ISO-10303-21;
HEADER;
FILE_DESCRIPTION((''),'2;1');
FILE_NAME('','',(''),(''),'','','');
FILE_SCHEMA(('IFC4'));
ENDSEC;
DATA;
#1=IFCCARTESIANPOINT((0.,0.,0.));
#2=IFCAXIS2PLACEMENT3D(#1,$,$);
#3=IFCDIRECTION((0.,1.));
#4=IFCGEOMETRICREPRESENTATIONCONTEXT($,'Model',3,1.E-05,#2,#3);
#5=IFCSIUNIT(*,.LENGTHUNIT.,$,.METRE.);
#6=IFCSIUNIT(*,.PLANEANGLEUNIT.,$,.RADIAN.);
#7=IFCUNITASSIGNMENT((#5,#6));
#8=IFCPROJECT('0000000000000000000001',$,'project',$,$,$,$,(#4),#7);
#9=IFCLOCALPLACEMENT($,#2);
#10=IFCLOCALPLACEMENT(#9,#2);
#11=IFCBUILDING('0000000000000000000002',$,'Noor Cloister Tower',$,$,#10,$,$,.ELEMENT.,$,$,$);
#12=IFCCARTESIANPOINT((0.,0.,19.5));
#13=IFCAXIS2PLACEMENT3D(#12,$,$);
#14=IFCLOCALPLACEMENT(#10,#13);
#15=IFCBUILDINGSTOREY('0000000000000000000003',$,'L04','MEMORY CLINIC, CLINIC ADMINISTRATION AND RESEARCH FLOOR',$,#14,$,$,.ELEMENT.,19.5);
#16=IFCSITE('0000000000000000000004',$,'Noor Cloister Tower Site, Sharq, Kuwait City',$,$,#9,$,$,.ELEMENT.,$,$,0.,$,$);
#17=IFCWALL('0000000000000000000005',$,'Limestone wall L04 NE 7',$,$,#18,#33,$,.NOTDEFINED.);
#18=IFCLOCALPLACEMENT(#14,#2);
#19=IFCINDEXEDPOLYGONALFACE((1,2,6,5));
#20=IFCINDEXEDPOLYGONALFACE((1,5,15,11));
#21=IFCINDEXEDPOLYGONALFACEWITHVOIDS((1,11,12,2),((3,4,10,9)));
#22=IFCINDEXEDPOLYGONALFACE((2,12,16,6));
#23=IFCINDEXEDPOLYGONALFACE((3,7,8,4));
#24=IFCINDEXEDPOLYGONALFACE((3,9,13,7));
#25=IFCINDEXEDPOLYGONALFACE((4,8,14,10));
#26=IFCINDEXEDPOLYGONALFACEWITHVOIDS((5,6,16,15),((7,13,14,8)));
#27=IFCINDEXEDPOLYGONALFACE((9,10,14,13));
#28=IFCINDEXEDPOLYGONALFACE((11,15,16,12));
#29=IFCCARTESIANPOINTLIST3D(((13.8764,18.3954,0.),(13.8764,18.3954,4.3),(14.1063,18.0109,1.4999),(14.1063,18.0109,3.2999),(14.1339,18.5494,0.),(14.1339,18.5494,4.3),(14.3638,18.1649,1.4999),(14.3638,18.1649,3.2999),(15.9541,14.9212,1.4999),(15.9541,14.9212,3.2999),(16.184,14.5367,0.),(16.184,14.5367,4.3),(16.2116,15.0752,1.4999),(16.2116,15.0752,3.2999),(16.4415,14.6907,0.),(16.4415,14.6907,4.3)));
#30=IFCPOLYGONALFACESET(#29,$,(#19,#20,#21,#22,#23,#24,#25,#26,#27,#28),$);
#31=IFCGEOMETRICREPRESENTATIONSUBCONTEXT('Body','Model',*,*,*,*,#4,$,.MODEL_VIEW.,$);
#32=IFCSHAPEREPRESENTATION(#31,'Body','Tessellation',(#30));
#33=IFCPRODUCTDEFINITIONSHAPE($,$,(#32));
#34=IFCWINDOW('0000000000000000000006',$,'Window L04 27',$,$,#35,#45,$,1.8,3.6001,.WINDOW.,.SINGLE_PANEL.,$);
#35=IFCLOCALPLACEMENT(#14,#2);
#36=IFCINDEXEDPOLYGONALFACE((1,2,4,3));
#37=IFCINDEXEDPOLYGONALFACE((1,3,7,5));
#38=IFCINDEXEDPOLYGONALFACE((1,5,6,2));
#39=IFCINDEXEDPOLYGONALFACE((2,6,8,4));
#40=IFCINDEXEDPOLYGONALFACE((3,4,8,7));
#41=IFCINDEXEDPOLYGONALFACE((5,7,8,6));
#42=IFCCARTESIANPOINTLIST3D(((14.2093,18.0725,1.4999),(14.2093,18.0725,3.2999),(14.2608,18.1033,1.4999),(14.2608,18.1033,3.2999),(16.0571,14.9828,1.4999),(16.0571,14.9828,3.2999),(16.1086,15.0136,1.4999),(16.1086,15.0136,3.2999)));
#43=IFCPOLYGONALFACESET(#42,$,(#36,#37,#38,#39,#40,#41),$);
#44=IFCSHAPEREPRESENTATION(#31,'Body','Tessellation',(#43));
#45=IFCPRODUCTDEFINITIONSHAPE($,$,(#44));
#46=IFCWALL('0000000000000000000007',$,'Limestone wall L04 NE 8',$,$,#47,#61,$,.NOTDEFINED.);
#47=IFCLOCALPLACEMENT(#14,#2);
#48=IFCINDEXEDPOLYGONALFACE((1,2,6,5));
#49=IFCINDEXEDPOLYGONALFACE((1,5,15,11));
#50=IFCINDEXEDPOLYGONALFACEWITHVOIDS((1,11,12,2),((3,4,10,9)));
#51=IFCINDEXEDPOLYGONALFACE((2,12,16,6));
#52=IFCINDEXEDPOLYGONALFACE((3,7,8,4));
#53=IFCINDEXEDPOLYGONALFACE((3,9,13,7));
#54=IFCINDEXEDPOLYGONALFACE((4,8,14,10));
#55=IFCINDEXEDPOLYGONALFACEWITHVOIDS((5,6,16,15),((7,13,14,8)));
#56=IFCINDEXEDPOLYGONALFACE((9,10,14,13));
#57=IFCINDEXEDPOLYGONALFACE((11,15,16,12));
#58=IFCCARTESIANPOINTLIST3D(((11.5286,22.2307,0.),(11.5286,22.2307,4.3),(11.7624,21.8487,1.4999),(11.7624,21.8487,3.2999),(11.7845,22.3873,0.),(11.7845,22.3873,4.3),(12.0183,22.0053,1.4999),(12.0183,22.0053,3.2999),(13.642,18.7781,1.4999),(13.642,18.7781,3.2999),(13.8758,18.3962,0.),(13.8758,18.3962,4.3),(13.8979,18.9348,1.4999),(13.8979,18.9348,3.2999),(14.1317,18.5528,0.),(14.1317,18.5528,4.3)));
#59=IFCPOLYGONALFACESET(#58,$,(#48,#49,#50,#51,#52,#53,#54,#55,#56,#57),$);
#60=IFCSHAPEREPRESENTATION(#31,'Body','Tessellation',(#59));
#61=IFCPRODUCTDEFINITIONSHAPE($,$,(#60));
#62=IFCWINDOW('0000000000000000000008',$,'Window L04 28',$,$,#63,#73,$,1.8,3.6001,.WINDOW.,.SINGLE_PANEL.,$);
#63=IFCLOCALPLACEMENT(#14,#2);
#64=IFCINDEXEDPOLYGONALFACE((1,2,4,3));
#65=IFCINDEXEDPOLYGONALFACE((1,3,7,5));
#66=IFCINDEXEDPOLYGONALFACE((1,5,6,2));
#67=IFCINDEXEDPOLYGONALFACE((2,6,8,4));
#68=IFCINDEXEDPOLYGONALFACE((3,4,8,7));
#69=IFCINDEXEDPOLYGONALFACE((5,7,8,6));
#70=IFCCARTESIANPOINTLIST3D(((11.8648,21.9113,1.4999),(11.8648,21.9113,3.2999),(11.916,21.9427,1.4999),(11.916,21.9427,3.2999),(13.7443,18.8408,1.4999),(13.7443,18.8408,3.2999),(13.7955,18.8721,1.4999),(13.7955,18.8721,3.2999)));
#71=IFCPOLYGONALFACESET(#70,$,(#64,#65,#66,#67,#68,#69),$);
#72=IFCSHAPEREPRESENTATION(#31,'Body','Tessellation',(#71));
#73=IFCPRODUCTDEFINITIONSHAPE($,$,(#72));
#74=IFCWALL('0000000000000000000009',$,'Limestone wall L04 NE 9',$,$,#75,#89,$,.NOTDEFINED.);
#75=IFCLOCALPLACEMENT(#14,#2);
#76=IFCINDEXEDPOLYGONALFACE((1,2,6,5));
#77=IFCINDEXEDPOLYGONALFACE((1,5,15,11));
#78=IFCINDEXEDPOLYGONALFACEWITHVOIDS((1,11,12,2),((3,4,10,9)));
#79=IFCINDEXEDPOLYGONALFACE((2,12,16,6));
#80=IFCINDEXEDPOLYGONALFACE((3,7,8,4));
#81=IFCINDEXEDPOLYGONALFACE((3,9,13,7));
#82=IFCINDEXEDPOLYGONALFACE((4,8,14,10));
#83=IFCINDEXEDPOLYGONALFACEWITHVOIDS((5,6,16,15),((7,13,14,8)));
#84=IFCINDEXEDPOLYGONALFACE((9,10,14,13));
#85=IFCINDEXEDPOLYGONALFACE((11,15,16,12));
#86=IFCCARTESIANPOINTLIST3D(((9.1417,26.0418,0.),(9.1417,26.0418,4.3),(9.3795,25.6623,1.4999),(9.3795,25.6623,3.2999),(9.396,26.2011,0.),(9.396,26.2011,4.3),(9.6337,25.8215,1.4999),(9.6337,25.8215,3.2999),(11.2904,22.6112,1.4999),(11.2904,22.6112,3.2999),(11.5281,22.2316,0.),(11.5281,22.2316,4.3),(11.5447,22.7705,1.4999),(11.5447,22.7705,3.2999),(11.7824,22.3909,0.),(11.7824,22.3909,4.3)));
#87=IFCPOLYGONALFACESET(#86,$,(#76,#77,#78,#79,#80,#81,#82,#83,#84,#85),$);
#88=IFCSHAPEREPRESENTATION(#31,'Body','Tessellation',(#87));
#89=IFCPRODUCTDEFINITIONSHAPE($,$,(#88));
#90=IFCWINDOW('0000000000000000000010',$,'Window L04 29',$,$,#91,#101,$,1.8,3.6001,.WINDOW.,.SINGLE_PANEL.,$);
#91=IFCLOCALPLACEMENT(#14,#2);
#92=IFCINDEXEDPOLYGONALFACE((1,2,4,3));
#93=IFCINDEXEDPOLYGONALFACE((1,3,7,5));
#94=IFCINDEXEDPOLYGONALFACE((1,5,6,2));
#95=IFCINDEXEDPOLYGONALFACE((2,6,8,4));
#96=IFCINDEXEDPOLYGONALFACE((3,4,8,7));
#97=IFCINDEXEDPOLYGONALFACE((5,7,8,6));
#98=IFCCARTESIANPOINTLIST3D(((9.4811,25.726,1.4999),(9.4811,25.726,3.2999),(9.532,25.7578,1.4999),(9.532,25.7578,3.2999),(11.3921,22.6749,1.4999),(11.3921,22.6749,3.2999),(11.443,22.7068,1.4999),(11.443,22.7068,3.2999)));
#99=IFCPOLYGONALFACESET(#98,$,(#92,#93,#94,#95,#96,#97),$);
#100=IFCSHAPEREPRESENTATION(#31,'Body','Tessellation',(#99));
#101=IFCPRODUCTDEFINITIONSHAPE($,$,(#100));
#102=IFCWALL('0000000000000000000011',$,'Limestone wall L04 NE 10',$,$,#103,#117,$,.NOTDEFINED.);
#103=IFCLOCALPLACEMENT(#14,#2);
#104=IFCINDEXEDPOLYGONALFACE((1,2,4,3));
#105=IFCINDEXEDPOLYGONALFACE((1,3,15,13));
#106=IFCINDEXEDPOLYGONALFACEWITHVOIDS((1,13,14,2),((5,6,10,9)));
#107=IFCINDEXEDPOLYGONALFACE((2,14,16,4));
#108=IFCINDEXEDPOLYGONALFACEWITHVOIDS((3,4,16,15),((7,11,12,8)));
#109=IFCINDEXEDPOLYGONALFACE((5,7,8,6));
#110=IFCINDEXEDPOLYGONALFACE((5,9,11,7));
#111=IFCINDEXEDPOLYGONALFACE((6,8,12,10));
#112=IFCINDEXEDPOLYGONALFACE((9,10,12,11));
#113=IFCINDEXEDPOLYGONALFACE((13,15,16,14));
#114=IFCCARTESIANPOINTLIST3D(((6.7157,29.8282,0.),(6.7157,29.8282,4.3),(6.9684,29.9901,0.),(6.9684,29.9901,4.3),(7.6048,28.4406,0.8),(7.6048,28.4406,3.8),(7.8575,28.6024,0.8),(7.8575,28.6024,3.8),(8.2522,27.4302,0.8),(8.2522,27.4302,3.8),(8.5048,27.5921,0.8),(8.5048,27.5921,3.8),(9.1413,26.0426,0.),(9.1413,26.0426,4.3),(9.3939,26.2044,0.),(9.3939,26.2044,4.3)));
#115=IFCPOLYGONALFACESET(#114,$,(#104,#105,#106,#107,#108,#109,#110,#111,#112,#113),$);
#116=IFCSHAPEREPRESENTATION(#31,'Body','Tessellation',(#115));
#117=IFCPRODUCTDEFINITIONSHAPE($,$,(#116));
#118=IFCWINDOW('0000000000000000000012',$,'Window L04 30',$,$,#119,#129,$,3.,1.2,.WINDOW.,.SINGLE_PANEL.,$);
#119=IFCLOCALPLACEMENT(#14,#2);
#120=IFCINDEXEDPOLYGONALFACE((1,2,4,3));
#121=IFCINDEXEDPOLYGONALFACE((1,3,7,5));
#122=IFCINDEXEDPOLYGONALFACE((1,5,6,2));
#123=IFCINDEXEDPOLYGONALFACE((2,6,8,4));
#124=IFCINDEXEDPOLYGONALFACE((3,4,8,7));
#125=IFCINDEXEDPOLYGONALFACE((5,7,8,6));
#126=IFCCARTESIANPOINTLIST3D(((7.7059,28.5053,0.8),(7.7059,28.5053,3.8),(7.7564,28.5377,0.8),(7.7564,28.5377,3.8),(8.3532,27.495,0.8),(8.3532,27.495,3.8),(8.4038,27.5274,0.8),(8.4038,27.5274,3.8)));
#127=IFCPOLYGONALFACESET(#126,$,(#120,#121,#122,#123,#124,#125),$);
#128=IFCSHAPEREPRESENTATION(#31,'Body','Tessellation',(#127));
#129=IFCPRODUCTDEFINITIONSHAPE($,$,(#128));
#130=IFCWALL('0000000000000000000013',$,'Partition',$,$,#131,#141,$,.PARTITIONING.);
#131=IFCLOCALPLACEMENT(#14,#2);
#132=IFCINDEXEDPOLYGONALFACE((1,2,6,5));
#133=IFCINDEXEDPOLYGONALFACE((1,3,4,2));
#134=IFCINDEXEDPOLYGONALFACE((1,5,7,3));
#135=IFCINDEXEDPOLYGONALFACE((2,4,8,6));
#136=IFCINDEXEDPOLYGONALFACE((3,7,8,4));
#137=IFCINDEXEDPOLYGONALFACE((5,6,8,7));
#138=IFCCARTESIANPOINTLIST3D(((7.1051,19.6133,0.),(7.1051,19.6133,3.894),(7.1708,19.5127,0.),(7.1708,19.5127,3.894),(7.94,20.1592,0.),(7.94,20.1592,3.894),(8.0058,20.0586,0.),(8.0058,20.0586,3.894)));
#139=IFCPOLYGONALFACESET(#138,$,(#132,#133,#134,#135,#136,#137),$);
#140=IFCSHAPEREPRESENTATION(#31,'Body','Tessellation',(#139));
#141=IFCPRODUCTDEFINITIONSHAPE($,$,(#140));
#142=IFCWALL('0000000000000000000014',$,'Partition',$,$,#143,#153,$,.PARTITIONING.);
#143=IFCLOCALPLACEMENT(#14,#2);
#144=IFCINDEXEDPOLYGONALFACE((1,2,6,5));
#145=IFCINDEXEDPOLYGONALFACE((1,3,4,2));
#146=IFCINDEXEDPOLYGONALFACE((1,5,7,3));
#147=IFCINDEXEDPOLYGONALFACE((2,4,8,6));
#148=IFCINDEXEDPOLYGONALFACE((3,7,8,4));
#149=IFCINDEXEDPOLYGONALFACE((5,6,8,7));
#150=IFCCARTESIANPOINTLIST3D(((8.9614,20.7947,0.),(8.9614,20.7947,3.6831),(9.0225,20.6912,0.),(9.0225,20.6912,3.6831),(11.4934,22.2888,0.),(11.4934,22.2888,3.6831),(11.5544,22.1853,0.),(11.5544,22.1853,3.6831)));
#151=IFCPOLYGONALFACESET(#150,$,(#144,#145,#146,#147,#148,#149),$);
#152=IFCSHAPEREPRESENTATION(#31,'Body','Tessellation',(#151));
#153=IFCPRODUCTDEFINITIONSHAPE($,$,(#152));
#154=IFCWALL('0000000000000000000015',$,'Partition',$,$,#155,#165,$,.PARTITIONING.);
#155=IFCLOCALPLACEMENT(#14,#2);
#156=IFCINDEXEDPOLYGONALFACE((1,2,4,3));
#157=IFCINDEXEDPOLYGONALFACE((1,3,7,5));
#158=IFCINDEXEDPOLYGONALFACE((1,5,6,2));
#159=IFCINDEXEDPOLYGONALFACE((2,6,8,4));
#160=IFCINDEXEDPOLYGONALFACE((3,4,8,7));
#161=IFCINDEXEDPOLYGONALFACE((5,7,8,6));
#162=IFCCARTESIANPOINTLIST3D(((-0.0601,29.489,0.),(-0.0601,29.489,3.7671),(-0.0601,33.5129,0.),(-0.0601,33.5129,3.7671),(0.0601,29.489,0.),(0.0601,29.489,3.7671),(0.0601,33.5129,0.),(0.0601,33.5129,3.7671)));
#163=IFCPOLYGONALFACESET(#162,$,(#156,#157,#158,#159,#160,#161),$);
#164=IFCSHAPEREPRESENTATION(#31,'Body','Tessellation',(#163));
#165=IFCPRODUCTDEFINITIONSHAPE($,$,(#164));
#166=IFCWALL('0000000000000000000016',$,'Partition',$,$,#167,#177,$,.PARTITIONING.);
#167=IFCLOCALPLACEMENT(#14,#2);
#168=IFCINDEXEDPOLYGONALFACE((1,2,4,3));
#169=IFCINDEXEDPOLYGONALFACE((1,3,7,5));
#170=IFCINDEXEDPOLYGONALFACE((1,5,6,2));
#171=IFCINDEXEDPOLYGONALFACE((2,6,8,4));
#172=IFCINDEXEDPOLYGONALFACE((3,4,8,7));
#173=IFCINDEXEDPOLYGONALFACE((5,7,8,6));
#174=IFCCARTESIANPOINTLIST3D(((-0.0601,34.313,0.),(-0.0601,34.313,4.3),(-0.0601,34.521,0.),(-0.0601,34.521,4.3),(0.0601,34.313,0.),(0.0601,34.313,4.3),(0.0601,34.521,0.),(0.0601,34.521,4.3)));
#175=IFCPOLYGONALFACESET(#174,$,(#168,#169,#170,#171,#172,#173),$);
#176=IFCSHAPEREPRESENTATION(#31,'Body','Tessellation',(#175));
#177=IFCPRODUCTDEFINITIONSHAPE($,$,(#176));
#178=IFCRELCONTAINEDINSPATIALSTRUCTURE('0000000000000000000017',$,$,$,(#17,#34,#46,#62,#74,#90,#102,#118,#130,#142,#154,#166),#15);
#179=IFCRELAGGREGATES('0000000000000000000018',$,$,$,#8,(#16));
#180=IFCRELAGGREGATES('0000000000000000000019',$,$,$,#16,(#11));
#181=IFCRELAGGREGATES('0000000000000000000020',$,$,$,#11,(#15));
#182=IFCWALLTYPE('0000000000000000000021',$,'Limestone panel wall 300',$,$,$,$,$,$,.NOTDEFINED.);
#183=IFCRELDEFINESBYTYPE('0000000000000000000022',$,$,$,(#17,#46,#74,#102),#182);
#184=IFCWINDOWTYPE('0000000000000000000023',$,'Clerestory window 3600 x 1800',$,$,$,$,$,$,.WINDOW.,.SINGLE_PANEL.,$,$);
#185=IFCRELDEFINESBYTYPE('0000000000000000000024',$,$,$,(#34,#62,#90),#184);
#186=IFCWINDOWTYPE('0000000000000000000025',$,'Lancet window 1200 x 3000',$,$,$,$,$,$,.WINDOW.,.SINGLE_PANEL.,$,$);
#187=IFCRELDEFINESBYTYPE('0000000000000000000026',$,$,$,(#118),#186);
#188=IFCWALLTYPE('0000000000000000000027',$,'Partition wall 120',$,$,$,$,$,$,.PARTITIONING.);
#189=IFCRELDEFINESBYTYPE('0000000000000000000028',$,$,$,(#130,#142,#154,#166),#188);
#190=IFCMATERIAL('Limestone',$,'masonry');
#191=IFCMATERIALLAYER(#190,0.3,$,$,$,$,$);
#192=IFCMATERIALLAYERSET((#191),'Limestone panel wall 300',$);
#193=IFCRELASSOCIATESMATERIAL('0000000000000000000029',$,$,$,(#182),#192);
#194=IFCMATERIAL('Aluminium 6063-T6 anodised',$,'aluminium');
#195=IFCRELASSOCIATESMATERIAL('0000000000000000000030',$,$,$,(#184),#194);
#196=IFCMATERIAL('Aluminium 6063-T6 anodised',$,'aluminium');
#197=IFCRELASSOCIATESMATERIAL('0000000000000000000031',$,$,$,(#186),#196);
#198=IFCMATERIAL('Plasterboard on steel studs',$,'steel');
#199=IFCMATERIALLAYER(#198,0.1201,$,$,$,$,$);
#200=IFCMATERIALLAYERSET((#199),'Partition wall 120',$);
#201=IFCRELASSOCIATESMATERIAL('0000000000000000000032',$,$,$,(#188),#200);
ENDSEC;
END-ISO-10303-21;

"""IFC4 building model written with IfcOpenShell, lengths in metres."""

from ifc_helpers import new_model, si_unit, direction, frame, frame_2d, origin, place, context, subcontext, project, spatial, rectangle, extrude, material, layer, layer_set, type_object, element, fill, save


model = new_model("IFC4")

# Units and contexts
model_context = context("Model", 3, precision=1e-05, world=origin(), true_north=direction((0.0, 1.0)))
body_context = subcontext(model_context, "Body", "Model", "MODEL_VIEW")
ifc_project = project(units=[si_unit("LENGTHUNIT", "METRE"), si_unit("PLANEANGLEUNIT", "RADIAN")], contexts=[model_context])

# Site, building, storey
site_placement = place(None, origin())
site = spatial("IfcSite", under=ifc_project, at=site_placement, Name="Noor Cloister Tower Site, Sharq, Kuwait City", CompositionType="ELEMENT", RefElevation=0.0)
building_placement = place(site_placement, origin())
building = spatial("IfcBuilding", under=site, at=building_placement, Name="Noor Cloister Tower", CompositionType="ELEMENT")
storey_placement = place(building_placement, frame((0.0, 0.0, 19.5)))
storey = spatial("IfcBuildingStorey", under=building, at=storey_placement, Name="L04", Description="MEMORY CLINIC, CLINIC ADMINISTRATION AND RESEARCH FLOOR", CompositionType="ELEMENT", Elevation=19.5)

# Walls, openings, windows
ifc_material_1 = material(Name="Limestone", Category="masonry")
ifc_layer_1 = layer(ifc_material_1, 0.3)
ifc_layer_set_1 = layer_set([ifc_layer_1], Name="Limestone panel wall 300")
wall_type_1 = type_object("IfcWallType", Name="Limestone panel wall 300", PredefinedType="NOTDEFINED", material=ifc_layer_set_1)
wall_1_placement = place(storey_placement, frame((14.0051, 18.4724, 0.0), z_axis=(0.0, 0.0, 1.0), x_axis=(0.513257, -0.858235, 0.0)))
wall_1 = element("IfcWall", 1, at=wall_1_placement, inside=storey, type_object=wall_type_1, Name="Limestone wall L04 NE 7", PredefinedType="NOTDEFINED", context=body_context, shape_type="SweptSolid", body=[
    extrude(rectangle(XDim=4.4961, YDim=0.3, at=frame_2d((2.248, 0.0))), origin(), (0.0, 0.0, 1.0), 4.3),
])
opening_1_placement = place(wall_1_placement, frame((0.448, 0.0, 1.5)))
opening_1 = element("IfcOpeningElement", 2, at=opening_1_placement, cuts=wall_1, PredefinedType="OPENING", context=body_context, shape_type="SweptSolid", body=[
    extrude(rectangle(XDim=3.6001, YDim=1.8, at=frame_2d((1.8, 0.8999))), frame((0.0, 0.1602, 0.0), z_axis=(0.0, -1.0, 0.0), x_axis=(1.0, 0.0, 0.0)), (0.0, 0.0, 1.0), 0.3201),
])
ifc_material_2 = material(Name="Aluminium 6063-T6 anodised", Category="aluminium")
window_type_1 = type_object("IfcWindowType", Name="Clerestory window 3600 x 1800", PartitioningType="SINGLE_PANEL", PredefinedType="WINDOW", material=ifc_material_2)
window_1_placement = place(opening_1_placement, origin())
window_1 = element("IfcWindow", 3, at=window_1_placement, inside=storey, type_object=window_type_1, Name="Window L04 27", OverallHeight=1.8, OverallWidth=3.6001, PartitioningType="SINGLE_PANEL", PredefinedType="WINDOW", context=body_context, shape_type="SweptSolid", body=[
    extrude(rectangle(XDim=3.6001, YDim=1.8, at=frame_2d((1.8, 0.8999))), frame((0.0, 0.03, 0.0), z_axis=(0.0, -1.0, 0.0), x_axis=(1.0, 0.0, 0.0)), (0.0, 0.0, 1.0), 0.0601),
])
fill(opening_1, window_1)
wall_2_placement = place(storey_placement, frame((11.6565, 22.3091, 0.0), z_axis=(0.0, 0.0, 1.0), x_axis=(0.522078, -0.852898, 0.0)))
wall_2 = element("IfcWall", 4, at=wall_2_placement, inside=storey, type_object=wall_type_1, Name="Limestone wall L04 NE 8", PredefinedType="NOTDEFINED", context=body_context, shape_type="SweptSolid", body=[
    extrude(rectangle(XDim=4.4958, YDim=0.3, at=frame_2d((2.248, 0.0))), origin(), (0.0, 0.0, 1.0), 4.3),
])
opening_2_placement = place(wall_2_placement, frame((0.448, 0.0, 1.5)))
opening_2 = element("IfcOpeningElement", 5, at=opening_2_placement, cuts=wall_2, PredefinedType="OPENING", context=body_context, shape_type="SweptSolid", body=[
    extrude(rectangle(XDim=3.6001, YDim=1.8, at=frame_2d((1.8, 0.8999))), frame((0.0, 0.1602, 0.0), z_axis=(0.0, -1.0, 0.0), x_axis=(1.0, 0.0, 0.0)), (0.0, 0.0, 1.0), 0.3201),
])
window_2_placement = place(opening_2_placement, origin())
window_2 = element("IfcWindow", 6, at=window_2_placement, inside=storey, type_object=window_type_1, Name="Window L04 28", OverallHeight=1.8, OverallWidth=3.6001, PartitioningType="SINGLE_PANEL", PredefinedType="WINDOW", context=body_context, shape_type="SweptSolid", body=[
    extrude(rectangle(XDim=3.6001, YDim=1.8, at=frame_2d((1.8, 0.8999))), frame((0.0, 0.03, 0.0), z_axis=(0.0, -1.0, 0.0), x_axis=(1.0, 0.0, 0.0)), (0.0, 0.0, 1.0), 0.0601),
])
fill(opening_2, window_2)
wall_3_placement = place(storey_placement, frame((9.2688, 26.1216, 0.0), z_axis=(0.0, 0.0, 1.0), x_axis=(0.530804, -0.847495, 0.0)))
wall_3 = element("IfcWall", 7, at=wall_3_placement, inside=storey, type_object=wall_type_1, Name="Limestone wall L04 NE 9", PredefinedType="NOTDEFINED", context=body_context, shape_type="SweptSolid", body=[
    extrude(rectangle(XDim=4.4958, YDim=0.3, at=frame_2d((2.248, 0.0))), origin(), (0.0, 0.0, 1.0), 4.3),
])
opening_3_placement = place(wall_3_placement, frame((0.448, 0.0, 1.5)))
opening_3 = element("IfcOpeningElement", 8, at=opening_3_placement, cuts=wall_3, PredefinedType="OPENING", context=body_context, shape_type="SweptSolid", body=[
    extrude(rectangle(XDim=3.6001, YDim=1.8, at=frame_2d((1.8, 0.8999))), frame((0.0, 0.1602, 0.0), z_axis=(0.0, -1.0, 0.0), x_axis=(1.0, 0.0, 0.0)), (0.0, 0.0, 1.0), 0.3201),
])
window_3_placement = place(opening_3_placement, origin())
window_3 = element("IfcWindow", 9, at=window_3_placement, inside=storey, type_object=window_type_1, Name="Window L04 29", OverallHeight=1.8, OverallWidth=3.6001, PartitioningType="SINGLE_PANEL", PredefinedType="WINDOW", context=body_context, shape_type="SweptSolid", body=[
    extrude(rectangle(XDim=3.6001, YDim=1.8, at=frame_2d((1.8, 0.8999))), frame((0.0, 0.03, 0.0), z_axis=(0.0, -1.0, 0.0), x_axis=(1.0, 0.0, 0.0)), (0.0, 0.0, 1.0), 0.0601),
])
fill(opening_3, window_3)
wall_4_placement = place(storey_placement, frame((6.842, 29.9092, 0.0), z_axis=(0.0, 0.0, 1.0), x_axis=(0.539484, -0.841996, 0.0)))
wall_4 = element("IfcWall", 10, at=wall_4_placement, inside=storey, type_object=wall_type_1, Name="Limestone wall L04 NE 10", PredefinedType="NOTDEFINED", context=body_context, shape_type="SweptSolid", body=[
    extrude(rectangle(XDim=4.4961, YDim=0.3, at=frame_2d((2.248, 0.0))), origin(), (0.0, 0.0, 1.0), 4.3),
])
opening_4_placement = place(wall_4_placement, frame((1.6479, 0.0, 0.8)))
opening_4 = element("IfcOpeningElement", 11, at=opening_4_placement, cuts=wall_4, PredefinedType="OPENING", context=body_context, shape_type="SweptSolid", body=[
    extrude(rectangle(XDim=1.2, YDim=3.0, at=frame_2d((0.6001, 1.5))), frame((0.0, 0.1602, 0.0), z_axis=(0.0, -1.0, 0.0), x_axis=(1.0, 0.0, 0.0)), (0.0, 0.0, 1.0), 0.3201),
])
ifc_material_3 = material(Name="Aluminium 6063-T6 anodised", Category="aluminium")
window_type_2 = type_object("IfcWindowType", Name="Lancet window 1200 x 3000", PartitioningType="SINGLE_PANEL", PredefinedType="WINDOW", material=ifc_material_3)
window_4_placement = place(opening_4_placement, origin())
window_4 = element("IfcWindow", 12, at=window_4_placement, inside=storey, type_object=window_type_2, Name="Window L04 30", OverallHeight=3.0, OverallWidth=1.2, PartitioningType="SINGLE_PANEL", PredefinedType="WINDOW", context=body_context, shape_type="SweptSolid", body=[
    extrude(rectangle(XDim=1.2, YDim=3.0, at=frame_2d((0.6001, 1.5))), frame((0.0, 0.03, 0.0), z_axis=(0.0, -1.0, 0.0), x_axis=(1.0, 0.0, 0.0)), (0.0, 0.0, 1.0), 0.0601),
])
fill(opening_4, window_4)

# Walls
ifc_material_4 = material(Name="Plasterboard on steel studs", Category="steel")
ifc_layer_2 = layer(ifc_material_4, 0.1201)
ifc_layer_set_2 = layer_set([ifc_layer_2], Name="Partition wall 120")
wall_type_2 = type_object("IfcWallType", Name="Partition wall 120", PredefinedType="PARTITIONING", material=ifc_layer_set_2)
wall_5_placement = place(storey_placement, frame((7.9729, 20.1089, 0.0), z_axis=(0.0, 0.0, 1.0), x_axis=(-0.836987, -0.547223, 0.0)))
element("IfcWall", 13, at=wall_5_placement, inside=storey, type_object=wall_type_2, Name="Partition", PredefinedType="PARTITIONING", context=body_context, shape_type="SweptSolid", body=[
    extrude(rectangle(XDim=0.9976, YDim=0.1201, at=frame_2d((0.4988, 0.0))), origin(), (0.0, 0.0, 1.0), 3.894),
])
wall_6_placement = place(storey_placement, frame((11.5239, 22.2371, 0.0), z_axis=(0.0, 0.0, 1.0), x_axis=(-0.861229, -0.508217, 0.0)))
element("IfcWall", 14, at=wall_6_placement, inside=storey, type_object=wall_type_2, Name="Partition", PredefinedType="PARTITIONING", context=body_context, shape_type="SweptSolid", body=[
    extrude(rectangle(XDim=2.9399, YDim=0.1201, at=frame_2d((1.47, 0.0))), origin(), (0.0, 0.0, 1.0), 3.6831),
])
wall_7_placement = place(storey_placement, frame((0.0, 29.489, 0.0), z_axis=(0.0, 0.0, 1.0), x_axis=(0.0, 1.0, 0.0)))
element("IfcWall", 15, at=wall_7_placement, inside=storey, type_object=wall_type_2, Name="Partition", PredefinedType="PARTITIONING", context=body_context, shape_type="SweptSolid", body=[
    extrude(rectangle(XDim=4.0239, YDim=0.1201, at=frame_2d((2.012, 0.0))), origin(), (0.0, 0.0, 1.0), 3.7671),
])
wall_8_placement = place(storey_placement, frame((0.0, 34.313, 0.0), z_axis=(0.0, 0.0, 1.0), x_axis=(0.0, 1.0, 0.0)))
element("IfcWall", 16, at=wall_8_placement, inside=storey, type_object=wall_type_2, Name="Partition", PredefinedType="PARTITIONING", context=body_context, shape_type="SweptSolid", body=[
    extrude(rectangle(XDim=0.208, YDim=0.1201, at=frame_2d((0.104, 0.0))), origin(), (0.0, 0.0, 1.0), 4.3),
])

save(model, "model.ifc")
